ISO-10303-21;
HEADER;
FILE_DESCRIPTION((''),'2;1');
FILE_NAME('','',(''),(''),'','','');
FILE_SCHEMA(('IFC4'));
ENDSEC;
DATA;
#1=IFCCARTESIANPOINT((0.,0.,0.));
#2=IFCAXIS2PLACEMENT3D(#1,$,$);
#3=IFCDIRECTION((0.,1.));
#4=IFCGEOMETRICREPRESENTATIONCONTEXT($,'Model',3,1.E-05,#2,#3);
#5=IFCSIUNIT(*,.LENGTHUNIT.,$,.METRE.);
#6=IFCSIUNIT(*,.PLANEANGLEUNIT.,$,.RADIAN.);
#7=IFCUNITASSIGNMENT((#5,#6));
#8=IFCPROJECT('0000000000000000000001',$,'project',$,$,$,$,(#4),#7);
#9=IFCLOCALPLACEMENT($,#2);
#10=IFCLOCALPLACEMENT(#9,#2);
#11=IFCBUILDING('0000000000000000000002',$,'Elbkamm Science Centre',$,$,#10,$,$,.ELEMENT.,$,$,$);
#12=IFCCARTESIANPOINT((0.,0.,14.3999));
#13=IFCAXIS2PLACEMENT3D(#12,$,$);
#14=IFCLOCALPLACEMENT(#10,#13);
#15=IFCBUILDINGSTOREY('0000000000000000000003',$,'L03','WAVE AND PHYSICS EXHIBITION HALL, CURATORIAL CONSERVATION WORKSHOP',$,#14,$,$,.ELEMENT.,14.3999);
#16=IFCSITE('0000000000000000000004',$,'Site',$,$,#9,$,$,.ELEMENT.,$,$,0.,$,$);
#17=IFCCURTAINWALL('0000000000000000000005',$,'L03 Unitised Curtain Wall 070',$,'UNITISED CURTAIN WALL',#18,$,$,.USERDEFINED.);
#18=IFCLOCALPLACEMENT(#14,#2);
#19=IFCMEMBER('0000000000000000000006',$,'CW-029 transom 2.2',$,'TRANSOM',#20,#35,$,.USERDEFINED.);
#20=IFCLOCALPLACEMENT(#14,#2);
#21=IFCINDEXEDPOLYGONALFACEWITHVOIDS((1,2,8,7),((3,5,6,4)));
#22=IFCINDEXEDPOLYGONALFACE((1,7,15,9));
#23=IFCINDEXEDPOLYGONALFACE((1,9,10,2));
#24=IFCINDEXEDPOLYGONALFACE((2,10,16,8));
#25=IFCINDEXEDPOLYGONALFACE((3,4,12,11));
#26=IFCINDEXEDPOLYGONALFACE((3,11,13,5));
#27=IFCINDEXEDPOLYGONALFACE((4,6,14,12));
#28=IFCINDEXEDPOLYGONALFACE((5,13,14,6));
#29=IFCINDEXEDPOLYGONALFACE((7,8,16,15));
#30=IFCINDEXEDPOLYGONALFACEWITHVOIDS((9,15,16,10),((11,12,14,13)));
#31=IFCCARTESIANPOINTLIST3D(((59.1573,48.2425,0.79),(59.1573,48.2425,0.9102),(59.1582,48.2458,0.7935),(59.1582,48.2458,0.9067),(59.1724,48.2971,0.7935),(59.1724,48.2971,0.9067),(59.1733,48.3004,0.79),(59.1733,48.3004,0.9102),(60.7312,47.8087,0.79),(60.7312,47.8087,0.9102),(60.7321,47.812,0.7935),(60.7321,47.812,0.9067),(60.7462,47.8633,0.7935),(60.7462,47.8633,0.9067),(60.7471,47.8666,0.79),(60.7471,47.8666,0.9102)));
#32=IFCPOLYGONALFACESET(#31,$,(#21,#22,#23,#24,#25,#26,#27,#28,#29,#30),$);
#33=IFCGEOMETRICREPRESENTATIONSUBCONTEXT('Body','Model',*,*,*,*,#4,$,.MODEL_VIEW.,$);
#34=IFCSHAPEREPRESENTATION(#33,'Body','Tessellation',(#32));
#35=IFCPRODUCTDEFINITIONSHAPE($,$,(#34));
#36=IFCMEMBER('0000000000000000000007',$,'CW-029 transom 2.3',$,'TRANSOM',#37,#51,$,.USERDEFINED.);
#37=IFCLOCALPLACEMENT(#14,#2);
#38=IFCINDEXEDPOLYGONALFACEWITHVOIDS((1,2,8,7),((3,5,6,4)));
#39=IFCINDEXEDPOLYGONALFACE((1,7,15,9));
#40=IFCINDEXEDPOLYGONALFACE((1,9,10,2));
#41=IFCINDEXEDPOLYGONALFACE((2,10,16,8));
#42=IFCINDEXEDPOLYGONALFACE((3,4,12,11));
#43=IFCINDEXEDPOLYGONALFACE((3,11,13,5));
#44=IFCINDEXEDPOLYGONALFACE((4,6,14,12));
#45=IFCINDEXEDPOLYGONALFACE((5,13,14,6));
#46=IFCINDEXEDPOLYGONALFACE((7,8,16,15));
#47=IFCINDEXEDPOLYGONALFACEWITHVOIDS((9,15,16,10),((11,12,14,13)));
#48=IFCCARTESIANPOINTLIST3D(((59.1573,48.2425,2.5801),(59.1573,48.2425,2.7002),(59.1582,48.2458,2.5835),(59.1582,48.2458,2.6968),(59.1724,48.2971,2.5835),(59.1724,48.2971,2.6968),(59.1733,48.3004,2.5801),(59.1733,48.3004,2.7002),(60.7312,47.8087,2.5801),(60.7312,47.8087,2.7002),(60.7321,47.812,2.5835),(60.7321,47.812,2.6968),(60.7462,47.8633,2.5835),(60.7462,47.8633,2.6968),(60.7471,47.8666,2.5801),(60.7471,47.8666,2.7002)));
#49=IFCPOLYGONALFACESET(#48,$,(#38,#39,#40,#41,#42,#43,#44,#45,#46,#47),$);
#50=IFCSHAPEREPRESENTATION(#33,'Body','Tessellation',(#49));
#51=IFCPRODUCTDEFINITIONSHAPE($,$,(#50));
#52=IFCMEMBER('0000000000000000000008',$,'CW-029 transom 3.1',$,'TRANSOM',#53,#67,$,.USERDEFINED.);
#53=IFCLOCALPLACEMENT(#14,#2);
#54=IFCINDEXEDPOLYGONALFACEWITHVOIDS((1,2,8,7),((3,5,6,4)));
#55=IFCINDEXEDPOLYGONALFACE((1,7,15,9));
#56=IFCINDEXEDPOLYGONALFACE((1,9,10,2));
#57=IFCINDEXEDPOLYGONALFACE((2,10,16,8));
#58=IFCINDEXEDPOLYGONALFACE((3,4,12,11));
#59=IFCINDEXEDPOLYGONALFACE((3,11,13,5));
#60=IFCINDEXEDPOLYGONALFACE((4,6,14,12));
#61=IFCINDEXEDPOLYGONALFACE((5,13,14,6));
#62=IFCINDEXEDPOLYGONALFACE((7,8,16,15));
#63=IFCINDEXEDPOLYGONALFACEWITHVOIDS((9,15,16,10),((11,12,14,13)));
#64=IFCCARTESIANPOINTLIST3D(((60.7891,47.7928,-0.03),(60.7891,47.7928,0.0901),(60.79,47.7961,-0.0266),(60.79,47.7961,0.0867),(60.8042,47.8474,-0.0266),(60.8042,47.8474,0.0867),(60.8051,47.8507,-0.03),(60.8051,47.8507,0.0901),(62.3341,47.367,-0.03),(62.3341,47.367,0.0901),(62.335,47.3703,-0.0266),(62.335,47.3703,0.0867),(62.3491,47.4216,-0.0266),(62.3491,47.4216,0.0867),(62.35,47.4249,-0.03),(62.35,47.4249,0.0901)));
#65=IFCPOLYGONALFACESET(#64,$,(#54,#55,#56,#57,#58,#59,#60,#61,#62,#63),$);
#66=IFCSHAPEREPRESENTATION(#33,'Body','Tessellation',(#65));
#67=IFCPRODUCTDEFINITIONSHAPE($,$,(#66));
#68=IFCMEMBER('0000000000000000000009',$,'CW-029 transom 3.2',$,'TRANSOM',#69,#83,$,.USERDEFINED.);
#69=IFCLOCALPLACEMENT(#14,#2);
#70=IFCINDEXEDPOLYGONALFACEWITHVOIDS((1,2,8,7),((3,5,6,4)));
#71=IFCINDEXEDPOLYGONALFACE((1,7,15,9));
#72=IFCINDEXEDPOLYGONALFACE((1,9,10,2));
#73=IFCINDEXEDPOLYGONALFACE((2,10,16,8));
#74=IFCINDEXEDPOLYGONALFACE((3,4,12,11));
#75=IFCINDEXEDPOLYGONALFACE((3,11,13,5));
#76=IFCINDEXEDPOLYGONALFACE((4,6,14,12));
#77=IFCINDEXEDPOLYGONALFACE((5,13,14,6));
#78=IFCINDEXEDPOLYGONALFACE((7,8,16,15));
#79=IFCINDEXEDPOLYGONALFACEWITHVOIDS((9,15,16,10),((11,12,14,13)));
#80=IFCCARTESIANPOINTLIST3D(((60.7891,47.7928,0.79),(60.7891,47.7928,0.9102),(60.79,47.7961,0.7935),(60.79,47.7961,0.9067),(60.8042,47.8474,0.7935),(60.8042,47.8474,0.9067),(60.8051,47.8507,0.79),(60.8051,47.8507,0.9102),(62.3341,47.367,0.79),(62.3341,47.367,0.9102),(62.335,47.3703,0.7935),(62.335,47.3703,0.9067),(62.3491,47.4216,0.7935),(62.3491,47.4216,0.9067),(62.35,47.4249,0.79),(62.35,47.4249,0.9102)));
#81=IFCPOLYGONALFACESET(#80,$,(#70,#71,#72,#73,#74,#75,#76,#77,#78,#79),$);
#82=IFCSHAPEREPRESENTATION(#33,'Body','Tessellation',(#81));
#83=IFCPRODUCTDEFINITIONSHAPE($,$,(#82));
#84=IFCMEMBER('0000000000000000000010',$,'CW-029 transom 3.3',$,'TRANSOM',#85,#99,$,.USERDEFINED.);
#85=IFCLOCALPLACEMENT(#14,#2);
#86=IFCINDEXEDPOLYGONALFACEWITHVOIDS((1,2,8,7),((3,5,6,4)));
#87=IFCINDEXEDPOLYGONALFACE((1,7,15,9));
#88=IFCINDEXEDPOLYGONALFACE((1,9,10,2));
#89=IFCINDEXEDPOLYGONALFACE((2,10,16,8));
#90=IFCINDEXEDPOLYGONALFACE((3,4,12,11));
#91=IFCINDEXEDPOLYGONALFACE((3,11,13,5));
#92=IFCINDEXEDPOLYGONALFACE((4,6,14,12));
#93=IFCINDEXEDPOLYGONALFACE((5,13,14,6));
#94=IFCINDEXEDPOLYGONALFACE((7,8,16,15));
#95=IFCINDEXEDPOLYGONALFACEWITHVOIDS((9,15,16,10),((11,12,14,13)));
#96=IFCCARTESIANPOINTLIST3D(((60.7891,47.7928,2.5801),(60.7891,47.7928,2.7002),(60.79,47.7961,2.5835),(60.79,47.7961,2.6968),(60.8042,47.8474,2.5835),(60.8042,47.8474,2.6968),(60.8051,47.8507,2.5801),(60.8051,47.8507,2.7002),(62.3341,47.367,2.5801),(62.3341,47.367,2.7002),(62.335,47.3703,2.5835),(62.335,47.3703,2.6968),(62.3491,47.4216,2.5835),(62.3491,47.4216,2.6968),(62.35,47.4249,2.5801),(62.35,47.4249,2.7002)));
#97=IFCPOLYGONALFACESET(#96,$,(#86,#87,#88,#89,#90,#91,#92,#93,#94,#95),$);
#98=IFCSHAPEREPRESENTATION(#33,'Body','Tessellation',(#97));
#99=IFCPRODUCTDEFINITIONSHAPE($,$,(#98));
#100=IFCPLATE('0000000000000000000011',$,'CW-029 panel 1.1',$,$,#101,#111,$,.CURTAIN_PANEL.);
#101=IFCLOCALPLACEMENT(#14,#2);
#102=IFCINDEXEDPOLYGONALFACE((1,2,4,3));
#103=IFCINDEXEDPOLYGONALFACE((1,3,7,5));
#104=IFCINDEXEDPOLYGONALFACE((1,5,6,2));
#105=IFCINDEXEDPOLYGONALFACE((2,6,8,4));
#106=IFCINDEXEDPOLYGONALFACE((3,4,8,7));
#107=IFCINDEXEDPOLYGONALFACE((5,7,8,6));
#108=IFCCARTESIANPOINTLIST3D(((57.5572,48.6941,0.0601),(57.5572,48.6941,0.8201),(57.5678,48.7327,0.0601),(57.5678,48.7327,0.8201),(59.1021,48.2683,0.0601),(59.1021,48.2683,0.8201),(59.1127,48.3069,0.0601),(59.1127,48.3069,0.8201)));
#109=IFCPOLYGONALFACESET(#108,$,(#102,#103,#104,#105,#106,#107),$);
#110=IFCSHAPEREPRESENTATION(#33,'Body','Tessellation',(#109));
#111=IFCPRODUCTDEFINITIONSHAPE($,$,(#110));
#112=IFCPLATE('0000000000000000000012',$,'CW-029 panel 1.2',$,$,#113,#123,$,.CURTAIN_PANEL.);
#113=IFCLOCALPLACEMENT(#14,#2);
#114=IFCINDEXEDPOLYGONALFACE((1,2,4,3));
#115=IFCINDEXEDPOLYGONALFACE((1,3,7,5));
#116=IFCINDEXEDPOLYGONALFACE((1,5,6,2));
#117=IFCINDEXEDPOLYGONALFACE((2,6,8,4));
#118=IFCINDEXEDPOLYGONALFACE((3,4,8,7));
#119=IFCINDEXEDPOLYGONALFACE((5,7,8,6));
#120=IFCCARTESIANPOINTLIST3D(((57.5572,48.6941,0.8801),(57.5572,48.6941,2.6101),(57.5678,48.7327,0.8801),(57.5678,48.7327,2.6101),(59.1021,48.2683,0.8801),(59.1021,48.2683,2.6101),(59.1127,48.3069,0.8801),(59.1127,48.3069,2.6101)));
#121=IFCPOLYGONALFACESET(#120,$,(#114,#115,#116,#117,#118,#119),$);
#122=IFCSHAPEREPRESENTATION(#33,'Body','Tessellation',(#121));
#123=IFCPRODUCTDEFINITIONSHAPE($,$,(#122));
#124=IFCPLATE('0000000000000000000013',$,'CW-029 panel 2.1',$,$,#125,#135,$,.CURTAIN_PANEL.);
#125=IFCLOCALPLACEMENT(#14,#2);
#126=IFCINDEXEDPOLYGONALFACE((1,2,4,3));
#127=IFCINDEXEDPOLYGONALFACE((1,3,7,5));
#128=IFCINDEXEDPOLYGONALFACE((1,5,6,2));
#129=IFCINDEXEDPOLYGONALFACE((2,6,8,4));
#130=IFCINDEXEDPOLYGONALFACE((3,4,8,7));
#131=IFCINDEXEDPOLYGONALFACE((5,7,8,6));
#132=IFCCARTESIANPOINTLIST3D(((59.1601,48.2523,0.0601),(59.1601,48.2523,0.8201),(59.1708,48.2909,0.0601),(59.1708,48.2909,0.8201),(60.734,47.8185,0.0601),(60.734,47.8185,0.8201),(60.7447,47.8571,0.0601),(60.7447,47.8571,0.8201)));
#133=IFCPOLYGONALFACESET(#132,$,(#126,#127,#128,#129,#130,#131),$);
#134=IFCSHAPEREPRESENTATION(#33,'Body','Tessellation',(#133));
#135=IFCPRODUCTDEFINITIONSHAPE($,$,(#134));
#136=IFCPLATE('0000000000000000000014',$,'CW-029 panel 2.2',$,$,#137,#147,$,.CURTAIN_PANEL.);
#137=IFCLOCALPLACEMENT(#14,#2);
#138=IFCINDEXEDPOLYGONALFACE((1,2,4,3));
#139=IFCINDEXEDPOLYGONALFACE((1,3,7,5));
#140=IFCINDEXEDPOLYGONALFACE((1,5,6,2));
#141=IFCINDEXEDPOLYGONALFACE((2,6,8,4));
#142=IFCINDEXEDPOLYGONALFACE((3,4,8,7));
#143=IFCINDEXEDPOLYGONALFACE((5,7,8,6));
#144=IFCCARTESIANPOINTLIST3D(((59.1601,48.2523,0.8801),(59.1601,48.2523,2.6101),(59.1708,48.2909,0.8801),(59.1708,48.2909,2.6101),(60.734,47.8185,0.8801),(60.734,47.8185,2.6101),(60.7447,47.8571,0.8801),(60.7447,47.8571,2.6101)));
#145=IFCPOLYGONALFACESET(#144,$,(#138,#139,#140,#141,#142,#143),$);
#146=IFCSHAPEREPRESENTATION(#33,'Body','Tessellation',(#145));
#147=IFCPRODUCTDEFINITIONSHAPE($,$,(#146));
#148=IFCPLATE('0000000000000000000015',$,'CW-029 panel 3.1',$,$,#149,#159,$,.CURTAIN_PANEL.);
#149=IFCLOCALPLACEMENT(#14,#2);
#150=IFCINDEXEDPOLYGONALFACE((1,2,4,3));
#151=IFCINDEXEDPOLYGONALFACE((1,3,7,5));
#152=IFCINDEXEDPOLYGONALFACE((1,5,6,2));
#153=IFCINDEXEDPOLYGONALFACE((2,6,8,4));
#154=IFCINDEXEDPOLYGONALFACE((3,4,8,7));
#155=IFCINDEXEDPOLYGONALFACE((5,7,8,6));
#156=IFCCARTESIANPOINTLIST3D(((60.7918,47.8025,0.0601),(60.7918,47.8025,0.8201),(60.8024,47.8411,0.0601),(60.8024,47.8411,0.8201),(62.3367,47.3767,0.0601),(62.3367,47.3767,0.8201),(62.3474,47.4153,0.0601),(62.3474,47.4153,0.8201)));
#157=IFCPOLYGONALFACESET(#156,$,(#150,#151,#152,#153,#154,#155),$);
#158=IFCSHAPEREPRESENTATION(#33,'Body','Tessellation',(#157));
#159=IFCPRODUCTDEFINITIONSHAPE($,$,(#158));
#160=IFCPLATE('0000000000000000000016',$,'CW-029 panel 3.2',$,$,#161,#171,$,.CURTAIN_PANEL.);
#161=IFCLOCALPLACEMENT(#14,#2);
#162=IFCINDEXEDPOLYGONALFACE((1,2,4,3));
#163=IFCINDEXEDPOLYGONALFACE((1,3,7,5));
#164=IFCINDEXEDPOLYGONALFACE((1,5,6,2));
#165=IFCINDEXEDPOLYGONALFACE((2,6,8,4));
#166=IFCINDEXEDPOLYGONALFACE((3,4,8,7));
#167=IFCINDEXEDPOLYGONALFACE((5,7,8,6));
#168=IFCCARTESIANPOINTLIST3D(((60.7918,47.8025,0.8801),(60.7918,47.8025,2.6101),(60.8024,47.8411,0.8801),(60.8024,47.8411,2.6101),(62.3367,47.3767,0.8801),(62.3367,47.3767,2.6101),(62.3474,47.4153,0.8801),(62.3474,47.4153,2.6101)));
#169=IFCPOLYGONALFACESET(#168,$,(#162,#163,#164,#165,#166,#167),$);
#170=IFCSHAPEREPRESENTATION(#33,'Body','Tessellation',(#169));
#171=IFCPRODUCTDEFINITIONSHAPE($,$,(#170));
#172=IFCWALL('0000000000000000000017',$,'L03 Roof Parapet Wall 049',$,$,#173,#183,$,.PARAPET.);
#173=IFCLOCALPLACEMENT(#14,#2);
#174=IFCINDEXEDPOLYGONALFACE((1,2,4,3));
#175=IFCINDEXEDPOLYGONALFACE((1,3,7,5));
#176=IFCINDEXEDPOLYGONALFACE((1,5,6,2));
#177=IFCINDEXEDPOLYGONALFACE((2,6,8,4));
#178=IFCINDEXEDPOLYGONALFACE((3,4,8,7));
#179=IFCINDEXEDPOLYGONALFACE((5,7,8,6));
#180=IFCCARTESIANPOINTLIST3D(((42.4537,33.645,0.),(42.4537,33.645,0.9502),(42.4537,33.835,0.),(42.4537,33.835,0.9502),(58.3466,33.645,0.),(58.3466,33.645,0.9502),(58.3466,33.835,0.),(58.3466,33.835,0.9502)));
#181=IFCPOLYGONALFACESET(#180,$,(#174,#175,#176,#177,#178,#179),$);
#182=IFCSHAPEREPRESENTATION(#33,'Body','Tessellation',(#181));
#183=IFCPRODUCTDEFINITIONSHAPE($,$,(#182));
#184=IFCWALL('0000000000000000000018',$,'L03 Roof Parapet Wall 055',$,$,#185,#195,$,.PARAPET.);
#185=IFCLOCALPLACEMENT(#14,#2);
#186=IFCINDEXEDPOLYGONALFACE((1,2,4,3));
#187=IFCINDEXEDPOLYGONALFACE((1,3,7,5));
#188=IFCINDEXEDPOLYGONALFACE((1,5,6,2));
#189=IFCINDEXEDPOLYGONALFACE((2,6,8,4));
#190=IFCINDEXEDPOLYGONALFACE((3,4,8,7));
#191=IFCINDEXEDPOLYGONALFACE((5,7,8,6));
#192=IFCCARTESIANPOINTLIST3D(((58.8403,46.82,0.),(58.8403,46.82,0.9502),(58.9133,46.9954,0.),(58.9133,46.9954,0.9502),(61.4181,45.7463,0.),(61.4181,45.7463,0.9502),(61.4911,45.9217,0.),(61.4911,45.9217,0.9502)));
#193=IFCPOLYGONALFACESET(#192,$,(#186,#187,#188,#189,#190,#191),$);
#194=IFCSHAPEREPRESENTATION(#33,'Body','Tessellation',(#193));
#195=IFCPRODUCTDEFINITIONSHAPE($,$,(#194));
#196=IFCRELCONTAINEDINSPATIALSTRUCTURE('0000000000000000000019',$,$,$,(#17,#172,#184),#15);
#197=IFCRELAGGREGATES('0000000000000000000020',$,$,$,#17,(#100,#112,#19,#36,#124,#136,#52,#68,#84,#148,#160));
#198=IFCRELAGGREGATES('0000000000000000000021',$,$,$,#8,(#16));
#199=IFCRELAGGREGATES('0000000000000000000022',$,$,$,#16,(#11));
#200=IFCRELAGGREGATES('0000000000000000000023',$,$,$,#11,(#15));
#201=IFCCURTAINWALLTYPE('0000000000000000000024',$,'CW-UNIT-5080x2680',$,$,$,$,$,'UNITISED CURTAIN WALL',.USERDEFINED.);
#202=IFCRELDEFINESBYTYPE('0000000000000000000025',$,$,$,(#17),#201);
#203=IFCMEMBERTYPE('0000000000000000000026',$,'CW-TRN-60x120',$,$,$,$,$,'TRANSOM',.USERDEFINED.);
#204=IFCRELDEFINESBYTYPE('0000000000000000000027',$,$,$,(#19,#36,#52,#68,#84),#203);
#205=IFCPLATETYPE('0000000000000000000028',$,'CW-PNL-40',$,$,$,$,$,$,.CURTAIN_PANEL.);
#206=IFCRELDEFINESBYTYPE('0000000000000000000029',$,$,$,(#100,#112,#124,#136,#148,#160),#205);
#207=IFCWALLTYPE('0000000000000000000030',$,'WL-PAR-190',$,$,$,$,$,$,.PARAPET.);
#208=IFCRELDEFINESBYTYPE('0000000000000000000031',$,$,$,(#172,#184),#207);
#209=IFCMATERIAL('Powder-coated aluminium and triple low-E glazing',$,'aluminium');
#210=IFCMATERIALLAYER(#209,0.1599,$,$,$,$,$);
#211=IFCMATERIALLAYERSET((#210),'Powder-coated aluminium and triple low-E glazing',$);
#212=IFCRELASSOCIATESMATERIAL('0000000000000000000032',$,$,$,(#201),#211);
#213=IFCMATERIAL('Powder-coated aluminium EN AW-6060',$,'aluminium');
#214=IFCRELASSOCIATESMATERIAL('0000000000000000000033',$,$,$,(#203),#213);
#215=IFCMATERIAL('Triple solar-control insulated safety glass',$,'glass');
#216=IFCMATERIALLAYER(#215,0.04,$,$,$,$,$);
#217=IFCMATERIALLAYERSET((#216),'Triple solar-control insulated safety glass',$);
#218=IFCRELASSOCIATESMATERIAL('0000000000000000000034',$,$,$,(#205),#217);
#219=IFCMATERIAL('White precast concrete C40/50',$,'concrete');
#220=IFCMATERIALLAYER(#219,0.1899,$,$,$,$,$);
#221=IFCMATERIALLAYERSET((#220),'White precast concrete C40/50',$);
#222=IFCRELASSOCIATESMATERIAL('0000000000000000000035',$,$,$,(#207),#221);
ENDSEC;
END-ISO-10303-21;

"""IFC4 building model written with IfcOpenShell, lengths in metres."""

from ifc_helpers import new_model, si_unit, direction, frame, frame_2d, origin, origin_2d, place, context, subcontext, project, spatial, rectangle, hollow_rectangle, extrude, material, layer, layer_set, material_profile, profile_set, type_object, element, aggregate, save


model = new_model("IFC4")

# Units and contexts
model_context = context("Model", 3, precision=1e-05, world=origin(), true_north=direction((0.0, 1.0)))
body_context = subcontext(model_context, "Body", "Model", "MODEL_VIEW")
ifc_project = project(units=[si_unit("LENGTHUNIT", "METRE"), si_unit("PLANEANGLEUNIT", "RADIAN")], contexts=[model_context])

# Site, building, storey
site_placement = place(None, origin())
site = spatial("IfcSite", under=ifc_project, at=site_placement, Name="Site", CompositionType="ELEMENT", RefElevation=0.0)
building_placement = place(site_placement, origin())
building = spatial("IfcBuilding", under=site, at=building_placement, Name="Elbkamm Science Centre", CompositionType="ELEMENT")
storey_placement = place(building_placement, frame((0.0, 0.0, 14.3999)))
storey = spatial("IfcBuildingStorey", under=building, at=storey_placement, Name="L03", Description="WAVE AND PHYSICS EXHIBITION HALL, CURATORIAL CONSERVATION WORKSHOP", CompositionType="ELEMENT", Elevation=14.3999)

# Curtain wall, members, plates
ifc_material_1 = material(Name="Powder-coated aluminium and triple low-E glazing", Category="aluminium")
ifc_layer_1 = layer(ifc_material_1, 0.1599)
ifc_layer_set_1 = layer_set([ifc_layer_1], Name="Powder-coated aluminium and triple low-E glazing")
curtain_wall_type = type_object("IfcCurtainWallType", Name="CW-UNIT-5080x2680", ElementType="UNITISED CURTAIN WALL", PredefinedType="USERDEFINED", material=ifc_layer_set_1)
curtain_wall_placement = place(storey_placement, origin())
curtain_wall = element("IfcCurtainWall", 1, at=curtain_wall_placement, inside=storey, type_object=curtain_wall_type, Name="L03 Unitised Curtain Wall 070", ObjectType="UNITISED CURTAIN WALL", PredefinedType="USERDEFINED")
ifc_material_2 = material(Name="Powder-coated aluminium EN AW-6060", Category="aluminium")
ifc_material_profile_1 = material_profile(ifc_material_2, hollow_rectangle(XDim=0.0601, YDim=0.1201, WallThickness=0.0034, at=origin_2d()), Name="ALU T60x120")
ifc_profile_set_1 = profile_set([ifc_material_profile_1], Name="Powder-coated aluminium EN AW-6060")
member_type_1 = type_object("IfcMemberType", Name="CW-TRN-60x120", ElementType="TRANSOM", PredefinedType="USERDEFINED", material=ifc_profile_set_1)
member_1_placement = place(storey_placement, frame((59.1653, 48.2715, 0.8501), z_axis=(0.964049, -0.265723, 0.0), x_axis=(0.265723, 0.964049, 0.0)))
member_1 = element("IfcMember", 2, at=member_1_placement, type_object=member_type_1, Name="CW-029 transom 2.2", ObjectType="TRANSOM", PredefinedType="USERDEFINED", context=body_context, shape_type="SweptSolid", body=[
    extrude(hollow_rectangle(XDim=0.0601, YDim=0.1201, WallThickness=0.0034, at=origin_2d()), origin(), (0.0, 0.0, 1.0), 1.6326),
])
member_2_placement = place(storey_placement, frame((59.1653, 48.2715, 2.6401), z_axis=(0.964049, -0.265723, 0.0), x_axis=(0.265723, 0.964049, 0.0)))
member_2 = element("IfcMember", 3, at=member_2_placement, type_object=member_type_1, Name="CW-029 transom 2.3", ObjectType="TRANSOM", PredefinedType="USERDEFINED", context=body_context, shape_type="SweptSolid", body=[
    extrude(hollow_rectangle(XDim=0.0601, YDim=0.1201, WallThickness=0.0034, at=origin_2d()), origin(), (0.0, 0.0, 1.0), 1.6326),
])
member_3_placement = place(storey_placement, frame((60.7971, 47.8218, 0.03), z_axis=(0.964057, -0.265695, 0.0), x_axis=(0.265695, 0.964057, 0.0)))
member_3 = element("IfcMember", 4, at=member_3_placement, type_object=member_type_1, Name="CW-029 transom 3.1", ObjectType="TRANSOM", PredefinedType="USERDEFINED", context=body_context, shape_type="SweptSolid", body=[
    extrude(hollow_rectangle(XDim=0.0601, YDim=0.1201, WallThickness=0.0034, at=origin_2d()), origin(), (0.0, 0.0, 1.0), 1.6025),
])
member_4_placement = place(storey_placement, frame((60.7971, 47.8218, 0.8501), z_axis=(0.964057, -0.265695, 0.0), x_axis=(0.265695, 0.964057, 0.0)))
member_4 = element("IfcMember", 5, at=member_4_placement, type_object=member_type_1, Name="CW-029 transom 3.2", ObjectType="TRANSOM", PredefinedType="USERDEFINED", context=body_context, shape_type="SweptSolid", body=[
    extrude(hollow_rectangle(XDim=0.0601, YDim=0.1201, WallThickness=0.0034, at=origin_2d()), origin(), (0.0, 0.0, 1.0), 1.6025),
])
member_5_placement = place(storey_placement, frame((60.7971, 47.8218, 2.6401), z_axis=(0.964057, -0.265695, 0.0), x_axis=(0.265695, 0.964057, 0.0)))
member_5 = element("IfcMember", 6, at=member_5_placement, type_object=member_type_1, Name="CW-029 transom 3.3", ObjectType="TRANSOM", PredefinedType="USERDEFINED", context=body_context, shape_type="SweptSolid", body=[
    extrude(hollow_rectangle(XDim=0.0601, YDim=0.1201, WallThickness=0.0034, at=origin_2d()), origin(), (0.0, 0.0, 1.0), 1.6025),
])
ifc_material_3 = material(Name="Triple solar-control insulated safety glass", Category="glass")
ifc_layer_2 = layer(ifc_material_3, 0.04)
ifc_layer_set_2 = layer_set([ifc_layer_2], Name="Triple solar-control insulated safety glass")
plate_type = type_object("IfcPlateType", Name="CW-PNL-40", PredefinedType="CURTAIN_PANEL", material=ifc_layer_set_2)
plate_1_placement = place(storey_placement, frame((58.335, 48.5005, 0.0601), z_axis=(0.0, 0.0, 1.0), x_axis=(0.964051, -0.265718, 0.0)))
plate_1 = element("IfcPlate", 7, at=plate_1_placement, type_object=plate_type, Name="CW-029 panel 1.1", PredefinedType="CURTAIN_PANEL", context=body_context, shape_type="SweptSolid", body=[
    extrude(rectangle(XDim=1.6025, YDim=0.04, at=origin_2d()), origin(), (0.0, 0.0, 1.0), 0.76),
])
plate_2_placement = place(storey_placement, frame((58.335, 48.5005, 0.8801), z_axis=(0.0, 0.0, 1.0), x_axis=(0.964051, -0.265718, 0.0)))
plate_2 = element("IfcPlate", 8, at=plate_2_placement, type_object=plate_type, Name="CW-029 panel 1.2", PredefinedType="CURTAIN_PANEL", context=body_context, shape_type="SweptSolid", body=[
    extrude(rectangle(XDim=1.6025, YDim=0.04, at=origin_2d()), origin(), (0.0, 0.0, 1.0), 1.73),
])
plate_3_placement = place(storey_placement, frame((59.9524, 48.0547, 0.0601), z_axis=(0.0, 0.0, 1.0), x_axis=(0.964051, -0.265718, 0.0)))
plate_3 = element("IfcPlate", 9, at=plate_3_placement, type_object=plate_type, Name="CW-029 panel 2.1", PredefinedType="CURTAIN_PANEL", context=body_context, shape_type="SweptSolid", body=[
    extrude(rectangle(XDim=1.6326, YDim=0.04, at=origin_2d()), origin(), (0.0, 0.0, 1.0), 0.76),
])
plate_4_placement = place(storey_placement, frame((59.9524, 48.0547, 0.8801), z_axis=(0.0, 0.0, 1.0), x_axis=(0.964051, -0.265718, 0.0)))
plate_4 = element("IfcPlate", 10, at=plate_4_placement, type_object=plate_type, Name="CW-029 panel 2.2", PredefinedType="CURTAIN_PANEL", context=body_context, shape_type="SweptSolid", body=[
    extrude(rectangle(XDim=1.6326, YDim=0.04, at=origin_2d()), origin(), (0.0, 0.0, 1.0), 1.73),
])
plate_5_placement = place(storey_placement, frame((61.5696, 47.6089, 0.0601), z_axis=(0.0, 0.0, 1.0), x_axis=(0.964051, -0.265718, 0.0)))
plate_5 = element("IfcPlate", 11, at=plate_5_placement, type_object=plate_type, Name="CW-029 panel 3.1", PredefinedType="CURTAIN_PANEL", context=body_context, shape_type="SweptSolid", body=[
    extrude(rectangle(XDim=1.6025, YDim=0.04, at=origin_2d()), origin(), (0.0, 0.0, 1.0), 0.76),
])
plate_6_placement = place(storey_placement, frame((61.5696, 47.6089, 0.8801), z_axis=(0.0, 0.0, 1.0), x_axis=(0.964051, -0.265718, 0.0)))
plate_6 = element("IfcPlate", 12, at=plate_6_placement, type_object=plate_type, Name="CW-029 panel 3.2", PredefinedType="CURTAIN_PANEL", context=body_context, shape_type="SweptSolid", body=[
    extrude(rectangle(XDim=1.6025, YDim=0.04, at=origin_2d()), origin(), (0.0, 0.0, 1.0), 1.73),
])
aggregate(curtain_wall, [plate_1, plate_2, member_1, member_2, plate_3, plate_4, member_3, member_4, member_5, plate_5, plate_6])

# Walls
ifc_material_4 = material(Name="White precast concrete C40/50", Category="concrete")
ifc_layer_3 = layer(ifc_material_4, 0.1899)
ifc_layer_set_3 = layer_set([ifc_layer_3], Name="White precast concrete C40/50")
wall_type_1 = type_object("IfcWallType", Name="WL-PAR-190", PredefinedType="PARAPET", material=ifc_layer_set_3)
wall_1_placement = place(storey_placement, frame((58.3464, 33.74, 0.0), z_axis=(0.0, 0.0, 1.0), x_axis=(-1.0, 0.0, 0.0)))
element("IfcWall", 13, at=wall_1_placement, inside=storey, type_object=wall_type_1, Name="L03 Roof Parapet Wall 049", PredefinedType="PARAPET", context=body_context, shape_type="SweptSolid", body=[
    extrude(rectangle(XDim=15.8928, YDim=0.1899, at=frame_2d((7.9463, 0.0))), origin(), (0.0, 0.0, 1.0), 0.9502),
])
wall_2_placement = place(storey_placement, frame((61.4546, 45.834, 0.0), z_axis=(0.0, 0.0, 1.0), x_axis=(-0.923126, 0.384497, 0.0)))
element("IfcWall", 14, at=wall_2_placement, inside=storey, type_object=wall_type_1, Name="L03 Roof Parapet Wall 055", PredefinedType="PARAPET", context=body_context, shape_type="SweptSolid", body=[
    extrude(rectangle(XDim=2.7925, YDim=0.1899, at=frame_2d((1.3962, 0.0))), origin(), (0.0, 0.0, 1.0), 0.9502),
])

save(model, "model.ifc")
